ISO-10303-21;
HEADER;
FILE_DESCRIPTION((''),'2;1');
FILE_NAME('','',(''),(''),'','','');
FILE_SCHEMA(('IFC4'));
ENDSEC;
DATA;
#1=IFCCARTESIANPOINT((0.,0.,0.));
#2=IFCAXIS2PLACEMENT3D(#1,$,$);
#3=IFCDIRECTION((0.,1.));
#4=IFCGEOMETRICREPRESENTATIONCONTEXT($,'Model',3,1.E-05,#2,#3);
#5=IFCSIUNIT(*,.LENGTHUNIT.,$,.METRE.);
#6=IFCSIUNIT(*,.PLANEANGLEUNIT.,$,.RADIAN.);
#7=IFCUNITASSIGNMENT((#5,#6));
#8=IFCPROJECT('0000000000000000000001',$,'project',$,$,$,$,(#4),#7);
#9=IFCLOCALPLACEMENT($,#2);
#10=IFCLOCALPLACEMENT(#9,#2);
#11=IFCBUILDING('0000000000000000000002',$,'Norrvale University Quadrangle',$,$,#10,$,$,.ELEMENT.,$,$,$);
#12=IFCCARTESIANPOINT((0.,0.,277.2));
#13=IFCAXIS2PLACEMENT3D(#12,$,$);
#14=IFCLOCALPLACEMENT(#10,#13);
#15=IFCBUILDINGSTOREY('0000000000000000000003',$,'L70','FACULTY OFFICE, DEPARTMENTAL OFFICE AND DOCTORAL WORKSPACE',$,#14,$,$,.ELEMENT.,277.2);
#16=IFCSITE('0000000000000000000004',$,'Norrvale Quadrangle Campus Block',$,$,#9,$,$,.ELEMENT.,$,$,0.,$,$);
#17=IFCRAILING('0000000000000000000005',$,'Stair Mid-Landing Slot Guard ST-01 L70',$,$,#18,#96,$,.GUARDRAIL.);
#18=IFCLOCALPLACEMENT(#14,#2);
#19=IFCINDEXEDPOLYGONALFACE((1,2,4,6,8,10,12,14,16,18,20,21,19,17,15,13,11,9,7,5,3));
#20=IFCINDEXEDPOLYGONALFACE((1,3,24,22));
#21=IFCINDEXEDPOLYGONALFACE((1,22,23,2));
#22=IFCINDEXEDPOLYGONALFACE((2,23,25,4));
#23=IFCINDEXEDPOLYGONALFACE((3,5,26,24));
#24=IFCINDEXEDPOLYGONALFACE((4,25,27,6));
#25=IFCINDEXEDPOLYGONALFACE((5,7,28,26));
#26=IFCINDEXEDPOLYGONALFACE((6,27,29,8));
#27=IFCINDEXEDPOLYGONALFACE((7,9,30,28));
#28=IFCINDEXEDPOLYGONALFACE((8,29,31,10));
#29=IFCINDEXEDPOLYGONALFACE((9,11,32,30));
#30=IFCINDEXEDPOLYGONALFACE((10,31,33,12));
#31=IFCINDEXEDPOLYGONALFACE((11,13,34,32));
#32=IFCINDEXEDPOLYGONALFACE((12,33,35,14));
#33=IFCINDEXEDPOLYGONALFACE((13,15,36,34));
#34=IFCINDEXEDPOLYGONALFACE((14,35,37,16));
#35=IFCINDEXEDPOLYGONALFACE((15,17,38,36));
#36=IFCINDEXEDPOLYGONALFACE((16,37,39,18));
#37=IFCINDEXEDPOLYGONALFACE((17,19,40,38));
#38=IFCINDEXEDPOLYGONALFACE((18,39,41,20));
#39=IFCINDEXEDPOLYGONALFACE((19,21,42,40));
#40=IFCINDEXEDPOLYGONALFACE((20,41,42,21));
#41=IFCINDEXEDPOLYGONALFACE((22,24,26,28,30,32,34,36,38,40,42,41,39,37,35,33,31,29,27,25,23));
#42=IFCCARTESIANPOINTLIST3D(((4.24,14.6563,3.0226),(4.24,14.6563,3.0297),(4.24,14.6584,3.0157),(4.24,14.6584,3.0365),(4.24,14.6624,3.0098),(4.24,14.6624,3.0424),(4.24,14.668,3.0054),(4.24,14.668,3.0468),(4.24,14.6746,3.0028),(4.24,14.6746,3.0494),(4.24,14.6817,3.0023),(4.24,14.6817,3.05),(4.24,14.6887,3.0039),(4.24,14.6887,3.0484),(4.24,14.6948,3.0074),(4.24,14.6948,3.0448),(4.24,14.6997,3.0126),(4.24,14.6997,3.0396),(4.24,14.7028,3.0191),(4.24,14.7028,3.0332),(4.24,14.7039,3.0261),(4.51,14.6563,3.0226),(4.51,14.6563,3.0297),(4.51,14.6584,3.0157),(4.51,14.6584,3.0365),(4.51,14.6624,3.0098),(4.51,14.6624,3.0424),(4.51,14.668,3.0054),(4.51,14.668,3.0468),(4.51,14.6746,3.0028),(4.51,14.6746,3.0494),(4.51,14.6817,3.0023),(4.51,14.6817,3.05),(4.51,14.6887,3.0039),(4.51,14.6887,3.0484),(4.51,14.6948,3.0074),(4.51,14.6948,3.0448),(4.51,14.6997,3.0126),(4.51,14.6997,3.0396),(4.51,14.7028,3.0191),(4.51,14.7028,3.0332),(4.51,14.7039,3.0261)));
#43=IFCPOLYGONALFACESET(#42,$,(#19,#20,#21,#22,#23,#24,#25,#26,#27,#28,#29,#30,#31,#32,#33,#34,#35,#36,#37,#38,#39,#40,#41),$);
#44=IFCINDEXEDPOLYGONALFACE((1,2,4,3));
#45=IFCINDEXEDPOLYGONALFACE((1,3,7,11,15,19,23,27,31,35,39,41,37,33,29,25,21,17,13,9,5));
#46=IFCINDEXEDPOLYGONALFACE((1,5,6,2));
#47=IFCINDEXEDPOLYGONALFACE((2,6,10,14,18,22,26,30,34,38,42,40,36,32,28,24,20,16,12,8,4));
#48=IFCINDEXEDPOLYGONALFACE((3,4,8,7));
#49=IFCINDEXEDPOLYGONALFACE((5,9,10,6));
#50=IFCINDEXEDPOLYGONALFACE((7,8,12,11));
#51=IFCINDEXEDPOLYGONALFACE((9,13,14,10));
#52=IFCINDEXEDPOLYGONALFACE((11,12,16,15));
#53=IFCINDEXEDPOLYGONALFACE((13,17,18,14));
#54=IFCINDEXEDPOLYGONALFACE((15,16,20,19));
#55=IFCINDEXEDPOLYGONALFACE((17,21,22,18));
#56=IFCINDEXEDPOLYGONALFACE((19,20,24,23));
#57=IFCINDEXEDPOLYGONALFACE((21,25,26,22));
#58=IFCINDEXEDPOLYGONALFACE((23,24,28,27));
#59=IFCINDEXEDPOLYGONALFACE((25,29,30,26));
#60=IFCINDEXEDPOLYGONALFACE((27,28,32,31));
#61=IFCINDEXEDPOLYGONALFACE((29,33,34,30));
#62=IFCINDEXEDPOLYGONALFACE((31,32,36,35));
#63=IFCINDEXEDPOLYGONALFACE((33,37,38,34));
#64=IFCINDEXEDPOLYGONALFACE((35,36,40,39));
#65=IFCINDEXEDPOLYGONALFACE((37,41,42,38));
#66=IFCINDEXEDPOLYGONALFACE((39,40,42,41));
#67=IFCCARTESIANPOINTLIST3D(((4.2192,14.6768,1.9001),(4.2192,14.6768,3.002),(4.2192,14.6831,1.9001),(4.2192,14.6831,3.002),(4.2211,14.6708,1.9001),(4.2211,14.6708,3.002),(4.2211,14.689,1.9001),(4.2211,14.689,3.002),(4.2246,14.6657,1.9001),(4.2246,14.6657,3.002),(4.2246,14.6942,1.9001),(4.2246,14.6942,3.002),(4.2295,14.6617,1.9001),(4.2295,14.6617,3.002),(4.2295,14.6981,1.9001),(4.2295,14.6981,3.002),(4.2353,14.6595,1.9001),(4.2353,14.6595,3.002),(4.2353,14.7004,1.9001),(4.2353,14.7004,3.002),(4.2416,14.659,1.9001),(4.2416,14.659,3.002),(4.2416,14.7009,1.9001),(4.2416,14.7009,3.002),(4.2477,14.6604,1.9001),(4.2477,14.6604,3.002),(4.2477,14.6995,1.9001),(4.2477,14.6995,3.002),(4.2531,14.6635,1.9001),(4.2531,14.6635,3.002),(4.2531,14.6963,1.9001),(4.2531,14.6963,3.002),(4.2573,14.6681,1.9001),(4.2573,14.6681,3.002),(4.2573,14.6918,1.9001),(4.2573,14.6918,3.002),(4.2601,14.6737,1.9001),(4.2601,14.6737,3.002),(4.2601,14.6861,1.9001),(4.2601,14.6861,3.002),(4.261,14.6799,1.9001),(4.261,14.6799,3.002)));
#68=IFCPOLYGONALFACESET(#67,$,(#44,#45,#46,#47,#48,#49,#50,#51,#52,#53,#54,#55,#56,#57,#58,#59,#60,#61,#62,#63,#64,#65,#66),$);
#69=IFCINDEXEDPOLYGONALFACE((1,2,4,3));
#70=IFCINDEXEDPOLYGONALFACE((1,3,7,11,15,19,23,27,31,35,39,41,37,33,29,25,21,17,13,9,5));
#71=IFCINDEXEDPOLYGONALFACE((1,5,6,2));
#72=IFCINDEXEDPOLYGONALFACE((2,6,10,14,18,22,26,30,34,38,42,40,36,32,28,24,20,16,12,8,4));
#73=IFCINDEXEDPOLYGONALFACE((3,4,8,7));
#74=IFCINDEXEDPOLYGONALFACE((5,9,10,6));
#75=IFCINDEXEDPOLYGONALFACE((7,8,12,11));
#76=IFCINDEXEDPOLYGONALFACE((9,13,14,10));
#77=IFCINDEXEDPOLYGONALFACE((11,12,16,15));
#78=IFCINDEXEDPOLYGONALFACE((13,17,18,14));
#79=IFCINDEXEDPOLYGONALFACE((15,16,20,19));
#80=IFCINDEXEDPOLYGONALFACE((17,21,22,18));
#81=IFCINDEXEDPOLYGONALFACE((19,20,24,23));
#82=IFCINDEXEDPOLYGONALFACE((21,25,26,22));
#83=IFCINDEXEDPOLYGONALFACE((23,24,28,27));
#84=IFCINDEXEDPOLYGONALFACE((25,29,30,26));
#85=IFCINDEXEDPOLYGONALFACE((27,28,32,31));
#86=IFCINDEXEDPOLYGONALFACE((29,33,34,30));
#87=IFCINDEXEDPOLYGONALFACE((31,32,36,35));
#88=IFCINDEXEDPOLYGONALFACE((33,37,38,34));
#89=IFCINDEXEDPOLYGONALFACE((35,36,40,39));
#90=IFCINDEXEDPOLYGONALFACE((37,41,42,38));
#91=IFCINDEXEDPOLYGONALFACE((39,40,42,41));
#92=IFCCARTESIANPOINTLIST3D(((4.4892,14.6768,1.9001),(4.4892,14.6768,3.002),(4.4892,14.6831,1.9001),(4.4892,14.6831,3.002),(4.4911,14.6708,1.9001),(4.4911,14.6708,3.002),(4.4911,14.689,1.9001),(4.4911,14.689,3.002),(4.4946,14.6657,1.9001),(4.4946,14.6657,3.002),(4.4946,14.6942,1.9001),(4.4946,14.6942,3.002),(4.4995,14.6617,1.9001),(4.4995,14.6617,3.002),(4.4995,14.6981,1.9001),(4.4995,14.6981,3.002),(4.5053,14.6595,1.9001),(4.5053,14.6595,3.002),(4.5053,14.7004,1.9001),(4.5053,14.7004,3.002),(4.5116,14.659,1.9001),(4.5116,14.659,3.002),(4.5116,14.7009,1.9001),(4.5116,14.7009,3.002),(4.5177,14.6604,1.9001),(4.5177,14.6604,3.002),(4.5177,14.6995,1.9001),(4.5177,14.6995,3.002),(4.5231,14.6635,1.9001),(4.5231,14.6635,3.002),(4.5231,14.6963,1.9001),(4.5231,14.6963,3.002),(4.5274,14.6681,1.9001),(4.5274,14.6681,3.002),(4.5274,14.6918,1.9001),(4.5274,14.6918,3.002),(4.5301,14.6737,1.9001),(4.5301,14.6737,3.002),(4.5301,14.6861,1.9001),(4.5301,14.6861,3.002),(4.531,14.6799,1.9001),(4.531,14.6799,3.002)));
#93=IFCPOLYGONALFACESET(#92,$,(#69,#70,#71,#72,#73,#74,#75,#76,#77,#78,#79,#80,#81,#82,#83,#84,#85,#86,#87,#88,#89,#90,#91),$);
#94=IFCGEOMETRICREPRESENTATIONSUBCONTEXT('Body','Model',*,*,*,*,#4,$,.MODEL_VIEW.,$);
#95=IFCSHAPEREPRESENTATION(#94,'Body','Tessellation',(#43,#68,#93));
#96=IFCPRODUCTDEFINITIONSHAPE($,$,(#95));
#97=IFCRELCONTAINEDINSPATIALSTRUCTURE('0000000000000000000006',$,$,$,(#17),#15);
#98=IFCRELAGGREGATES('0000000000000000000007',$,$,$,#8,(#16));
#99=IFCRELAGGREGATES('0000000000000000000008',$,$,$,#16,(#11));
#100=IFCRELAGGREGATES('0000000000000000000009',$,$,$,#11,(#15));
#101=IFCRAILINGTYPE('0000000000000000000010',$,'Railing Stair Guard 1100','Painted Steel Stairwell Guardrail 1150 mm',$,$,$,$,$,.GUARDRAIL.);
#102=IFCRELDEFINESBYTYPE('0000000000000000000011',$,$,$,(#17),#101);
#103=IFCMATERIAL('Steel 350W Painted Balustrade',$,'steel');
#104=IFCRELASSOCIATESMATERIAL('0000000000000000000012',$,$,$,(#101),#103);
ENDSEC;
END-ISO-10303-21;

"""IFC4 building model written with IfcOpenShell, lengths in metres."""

from ifc_helpers import new_model, si_unit, direction, frame, origin, origin_2d, place, context, subcontext, project, spatial, circle, extrude, material, type_object, element, save


model = new_model("IFC4")

# Units and contexts
model_context = context("Model", 3, precision=1e-05, world=origin(), true_north=direction((0.0, 1.0)))
body_context = subcontext(model_context, "Body", "Model", "MODEL_VIEW")
ifc_project = project(units=[si_unit("LENGTHUNIT", "METRE"), si_unit("PLANEANGLEUNIT", "RADIAN")], contexts=[model_context])

# Site, building, storey
site_placement = place(None, origin())
site = spatial("IfcSite", under=ifc_project, at=site_placement, Name="Norrvale Quadrangle Campus Block", CompositionType="ELEMENT", RefElevation=0.0)
building_placement = place(site_placement, origin())
building = spatial("IfcBuilding", under=site, at=building_placement, Name="Norrvale University Quadrangle", CompositionType="ELEMENT")
storey_placement = place(building_placement, frame((0.0, 0.0, 277.2)))
storey = spatial("IfcBuildingStorey", under=building, at=storey_placement, Name="L70", Description="FACULTY OFFICE, DEPARTMENTAL OFFICE AND DOCTORAL WORKSPACE", CompositionType="ELEMENT", Elevation=277.2)

# Railing
ifc_material_1 = material(Name="Steel 350W Painted Balustrade", Category="steel")
railing_type_1 = type_object("IfcRailingType", Name="Railing Stair Guard 1100", Description="Painted Steel Stairwell Guardrail 1150 mm", PredefinedType="GUARDRAIL", material=ifc_material_1)
for number, where, name in (
    (1, (4.24, 14.6799, 1.9001), "Stair Mid-Landing Slot Guard ST-01 L70"),
):
    element("IfcRailing", number, at=place(storey_placement, frame(where)), inside=storey, type_object=railing_type_1, Name=name, PredefinedType="GUARDRAIL", context=body_context, shape_type="SweptSolid", body=[
        extrude(circle(Radius=0.0239, at=origin_2d()), frame((0.0, 0.0, 1.126), z_axis=(1.0, 0.0, 0.0), x_axis=(0.0, 1.0, 0.0)), (0.0, 0.0, 1.0), 0.27),
        extrude(circle(Radius=0.021, at=origin_2d()), origin(), (0.0, 0.0, 1.0), 1.1018),
        extrude(circle(Radius=0.021, at=origin_2d()), frame((0.27, 0.0, 0.0)), (0.0, 0.0, 1.0), 1.1018),
    ])

save(model, "model.ifc")
